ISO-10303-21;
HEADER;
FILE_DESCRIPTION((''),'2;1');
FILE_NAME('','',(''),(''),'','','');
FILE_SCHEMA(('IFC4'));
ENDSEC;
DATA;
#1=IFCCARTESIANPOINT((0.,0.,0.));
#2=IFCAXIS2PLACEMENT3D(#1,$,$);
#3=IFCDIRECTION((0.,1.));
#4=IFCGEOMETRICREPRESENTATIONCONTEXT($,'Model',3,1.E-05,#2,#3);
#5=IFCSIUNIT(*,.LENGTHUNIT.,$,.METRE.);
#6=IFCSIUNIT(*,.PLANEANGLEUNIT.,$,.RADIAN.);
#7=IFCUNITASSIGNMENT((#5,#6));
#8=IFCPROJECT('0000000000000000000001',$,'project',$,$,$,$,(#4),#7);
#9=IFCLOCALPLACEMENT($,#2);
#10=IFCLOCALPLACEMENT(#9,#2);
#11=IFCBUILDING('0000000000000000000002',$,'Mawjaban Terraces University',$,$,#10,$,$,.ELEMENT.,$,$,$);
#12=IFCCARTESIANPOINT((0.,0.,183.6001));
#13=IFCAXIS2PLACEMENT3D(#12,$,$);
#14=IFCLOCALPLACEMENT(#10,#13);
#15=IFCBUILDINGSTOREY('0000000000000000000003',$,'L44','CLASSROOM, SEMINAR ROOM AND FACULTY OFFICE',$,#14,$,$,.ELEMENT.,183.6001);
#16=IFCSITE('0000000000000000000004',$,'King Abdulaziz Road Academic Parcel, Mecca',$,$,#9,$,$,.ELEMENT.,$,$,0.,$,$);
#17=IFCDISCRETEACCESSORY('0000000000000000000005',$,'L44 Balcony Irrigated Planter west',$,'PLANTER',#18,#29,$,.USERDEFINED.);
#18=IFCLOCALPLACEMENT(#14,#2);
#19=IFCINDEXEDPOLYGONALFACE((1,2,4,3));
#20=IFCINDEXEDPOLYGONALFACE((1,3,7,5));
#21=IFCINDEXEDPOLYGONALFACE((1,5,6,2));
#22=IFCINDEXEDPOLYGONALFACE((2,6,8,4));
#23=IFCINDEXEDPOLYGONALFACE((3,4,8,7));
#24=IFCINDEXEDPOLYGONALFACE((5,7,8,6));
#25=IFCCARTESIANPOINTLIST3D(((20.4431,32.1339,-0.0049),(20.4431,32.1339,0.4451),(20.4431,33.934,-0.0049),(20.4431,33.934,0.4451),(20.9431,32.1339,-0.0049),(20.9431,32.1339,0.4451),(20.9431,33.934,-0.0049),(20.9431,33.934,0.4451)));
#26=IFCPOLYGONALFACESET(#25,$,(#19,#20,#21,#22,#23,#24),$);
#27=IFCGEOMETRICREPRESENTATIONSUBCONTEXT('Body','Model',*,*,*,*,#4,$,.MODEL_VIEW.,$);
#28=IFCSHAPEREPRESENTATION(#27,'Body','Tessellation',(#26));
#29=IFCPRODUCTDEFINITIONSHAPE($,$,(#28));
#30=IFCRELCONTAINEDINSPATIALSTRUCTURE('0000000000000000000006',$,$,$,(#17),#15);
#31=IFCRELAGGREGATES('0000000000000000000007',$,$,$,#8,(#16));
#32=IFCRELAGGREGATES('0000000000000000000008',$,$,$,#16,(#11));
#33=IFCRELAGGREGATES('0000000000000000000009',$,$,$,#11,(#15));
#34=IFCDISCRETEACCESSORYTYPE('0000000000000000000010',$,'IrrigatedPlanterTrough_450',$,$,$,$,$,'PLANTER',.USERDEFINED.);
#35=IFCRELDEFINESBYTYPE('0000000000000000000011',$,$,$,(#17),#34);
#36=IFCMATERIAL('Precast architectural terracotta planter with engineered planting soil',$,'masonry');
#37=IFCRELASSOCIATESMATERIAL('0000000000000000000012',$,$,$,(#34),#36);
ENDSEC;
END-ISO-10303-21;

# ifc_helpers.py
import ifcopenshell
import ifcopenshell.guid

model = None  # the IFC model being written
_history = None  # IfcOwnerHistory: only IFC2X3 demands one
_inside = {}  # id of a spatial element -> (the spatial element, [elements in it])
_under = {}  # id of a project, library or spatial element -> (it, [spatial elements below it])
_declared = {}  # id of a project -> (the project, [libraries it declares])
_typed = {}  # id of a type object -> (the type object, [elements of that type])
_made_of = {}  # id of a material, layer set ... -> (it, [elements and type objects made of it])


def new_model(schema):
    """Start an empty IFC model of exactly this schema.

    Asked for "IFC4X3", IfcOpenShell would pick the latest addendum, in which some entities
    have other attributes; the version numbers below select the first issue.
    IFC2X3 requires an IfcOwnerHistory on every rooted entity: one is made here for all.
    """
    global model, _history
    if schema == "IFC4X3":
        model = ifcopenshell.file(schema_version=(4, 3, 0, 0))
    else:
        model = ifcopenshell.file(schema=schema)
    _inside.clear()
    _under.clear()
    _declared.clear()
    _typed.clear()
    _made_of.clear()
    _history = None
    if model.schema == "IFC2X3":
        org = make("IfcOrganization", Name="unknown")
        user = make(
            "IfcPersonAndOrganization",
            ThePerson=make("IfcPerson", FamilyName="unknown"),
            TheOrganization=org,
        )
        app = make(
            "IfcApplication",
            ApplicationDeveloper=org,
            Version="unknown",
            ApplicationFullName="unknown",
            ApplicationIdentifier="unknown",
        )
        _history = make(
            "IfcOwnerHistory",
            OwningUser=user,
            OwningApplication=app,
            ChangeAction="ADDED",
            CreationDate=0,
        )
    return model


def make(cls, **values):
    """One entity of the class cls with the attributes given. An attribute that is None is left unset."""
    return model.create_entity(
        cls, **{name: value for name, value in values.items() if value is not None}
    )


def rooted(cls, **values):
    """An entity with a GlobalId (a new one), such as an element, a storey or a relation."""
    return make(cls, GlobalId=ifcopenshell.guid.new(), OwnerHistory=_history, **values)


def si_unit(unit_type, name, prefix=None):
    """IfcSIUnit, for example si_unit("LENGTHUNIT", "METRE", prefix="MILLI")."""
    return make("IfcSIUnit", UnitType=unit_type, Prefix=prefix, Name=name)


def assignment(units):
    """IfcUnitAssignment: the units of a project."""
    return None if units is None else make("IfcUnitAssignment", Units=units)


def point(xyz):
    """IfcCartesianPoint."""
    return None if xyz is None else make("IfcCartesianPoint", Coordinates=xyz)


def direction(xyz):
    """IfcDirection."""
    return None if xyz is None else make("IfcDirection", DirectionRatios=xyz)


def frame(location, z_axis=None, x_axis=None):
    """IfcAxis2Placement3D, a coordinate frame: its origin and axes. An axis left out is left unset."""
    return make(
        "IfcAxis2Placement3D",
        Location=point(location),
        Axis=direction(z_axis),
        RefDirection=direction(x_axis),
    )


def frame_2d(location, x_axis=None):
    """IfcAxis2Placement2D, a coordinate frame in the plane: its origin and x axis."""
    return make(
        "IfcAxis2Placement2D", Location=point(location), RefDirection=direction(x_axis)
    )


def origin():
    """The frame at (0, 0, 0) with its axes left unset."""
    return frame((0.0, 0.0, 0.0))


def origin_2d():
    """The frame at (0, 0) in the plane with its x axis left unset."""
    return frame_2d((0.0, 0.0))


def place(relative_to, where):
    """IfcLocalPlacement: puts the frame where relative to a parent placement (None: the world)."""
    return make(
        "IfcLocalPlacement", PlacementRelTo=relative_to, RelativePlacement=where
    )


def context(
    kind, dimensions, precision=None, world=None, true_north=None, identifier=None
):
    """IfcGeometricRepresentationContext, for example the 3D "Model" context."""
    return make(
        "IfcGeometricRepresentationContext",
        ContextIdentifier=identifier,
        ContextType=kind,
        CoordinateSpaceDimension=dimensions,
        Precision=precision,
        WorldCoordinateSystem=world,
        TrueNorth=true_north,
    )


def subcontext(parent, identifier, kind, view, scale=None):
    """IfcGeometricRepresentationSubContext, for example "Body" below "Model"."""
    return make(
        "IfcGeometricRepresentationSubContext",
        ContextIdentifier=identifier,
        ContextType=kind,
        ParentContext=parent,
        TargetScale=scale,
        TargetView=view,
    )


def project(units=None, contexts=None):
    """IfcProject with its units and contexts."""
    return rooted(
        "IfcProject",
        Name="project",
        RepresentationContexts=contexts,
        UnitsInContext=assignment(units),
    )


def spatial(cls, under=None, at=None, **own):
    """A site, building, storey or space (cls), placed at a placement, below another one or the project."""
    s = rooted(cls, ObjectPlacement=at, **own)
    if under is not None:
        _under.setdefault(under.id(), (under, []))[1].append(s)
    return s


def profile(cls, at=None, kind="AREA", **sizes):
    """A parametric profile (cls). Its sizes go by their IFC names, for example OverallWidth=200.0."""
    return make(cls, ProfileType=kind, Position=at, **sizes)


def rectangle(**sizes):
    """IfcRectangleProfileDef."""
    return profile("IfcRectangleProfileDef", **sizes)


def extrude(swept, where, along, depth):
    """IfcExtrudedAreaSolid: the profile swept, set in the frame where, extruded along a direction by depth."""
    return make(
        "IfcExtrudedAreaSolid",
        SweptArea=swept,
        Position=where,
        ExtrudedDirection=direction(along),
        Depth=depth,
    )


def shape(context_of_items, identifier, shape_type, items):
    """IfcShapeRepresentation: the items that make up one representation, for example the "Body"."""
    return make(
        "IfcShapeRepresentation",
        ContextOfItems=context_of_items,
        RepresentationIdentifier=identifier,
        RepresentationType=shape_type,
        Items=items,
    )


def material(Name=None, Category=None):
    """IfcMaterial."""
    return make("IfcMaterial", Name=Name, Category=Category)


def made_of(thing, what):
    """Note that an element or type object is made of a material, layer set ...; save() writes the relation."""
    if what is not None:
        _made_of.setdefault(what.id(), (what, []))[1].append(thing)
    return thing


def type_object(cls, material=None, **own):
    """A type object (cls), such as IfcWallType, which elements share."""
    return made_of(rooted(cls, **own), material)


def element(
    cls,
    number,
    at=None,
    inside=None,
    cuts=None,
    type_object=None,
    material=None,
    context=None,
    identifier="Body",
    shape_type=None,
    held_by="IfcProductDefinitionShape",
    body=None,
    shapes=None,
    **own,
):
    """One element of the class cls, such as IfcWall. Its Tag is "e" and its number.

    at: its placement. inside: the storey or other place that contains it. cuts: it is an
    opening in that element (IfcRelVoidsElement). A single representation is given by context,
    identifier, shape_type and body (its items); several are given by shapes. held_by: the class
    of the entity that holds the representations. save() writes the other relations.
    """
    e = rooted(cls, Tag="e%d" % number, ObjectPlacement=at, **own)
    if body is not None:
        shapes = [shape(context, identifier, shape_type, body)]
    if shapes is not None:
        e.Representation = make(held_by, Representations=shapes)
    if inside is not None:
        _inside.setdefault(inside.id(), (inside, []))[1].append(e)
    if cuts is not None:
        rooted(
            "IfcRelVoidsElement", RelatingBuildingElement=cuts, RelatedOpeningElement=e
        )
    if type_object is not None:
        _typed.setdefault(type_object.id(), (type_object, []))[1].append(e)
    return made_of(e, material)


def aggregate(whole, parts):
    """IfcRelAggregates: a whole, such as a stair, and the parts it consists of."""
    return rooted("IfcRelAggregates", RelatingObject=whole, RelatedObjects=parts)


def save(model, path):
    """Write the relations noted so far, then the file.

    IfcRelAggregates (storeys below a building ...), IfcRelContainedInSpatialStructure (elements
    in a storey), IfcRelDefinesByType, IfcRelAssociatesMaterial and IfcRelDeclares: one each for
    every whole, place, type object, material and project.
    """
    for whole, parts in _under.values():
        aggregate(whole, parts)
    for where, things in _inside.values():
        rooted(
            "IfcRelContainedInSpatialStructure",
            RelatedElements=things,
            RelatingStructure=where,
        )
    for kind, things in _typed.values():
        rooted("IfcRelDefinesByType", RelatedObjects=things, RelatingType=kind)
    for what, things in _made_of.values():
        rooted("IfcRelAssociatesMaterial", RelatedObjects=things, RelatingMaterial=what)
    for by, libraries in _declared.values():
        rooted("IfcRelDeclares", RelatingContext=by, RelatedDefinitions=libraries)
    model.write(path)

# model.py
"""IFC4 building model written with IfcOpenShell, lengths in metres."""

from ifc_helpers import new_model, si_unit, direction, frame, origin, origin_2d, place, context, subcontext, project, spatial, rectangle, extrude, material, type_object, element, save


model = new_model("IFC4")

# Units and contexts
model_context = context("Model", 3, precision=1e-05, world=origin(), true_north=direction((0.0, 1.0)))
body_context = subcontext(model_context, "Body", "Model", "MODEL_VIEW")
ifc_project = project(units=[si_unit("LENGTHUNIT", "METRE"), si_unit("PLANEANGLEUNIT", "RADIAN")], contexts=[model_context])

# Site, building, storey
site_placement = place(None, origin())
site = spatial("IfcSite", under=ifc_project, at=site_placement, Name="King Abdulaziz Road Academic Parcel, Mecca", CompositionType="ELEMENT", RefElevation=0.0)
building_placement = place(site_placement, origin())
building = spatial("IfcBuilding", under=site, at=building_placement, Name="Mawjaban Terraces University", CompositionType="ELEMENT")
storey_placement = place(building_placement, frame((0.0, 0.0, 183.6001)))
storey = spatial("IfcBuildingStorey", under=building, at=storey_placement, Name="L44", Description="CLASSROOM, SEMINAR ROOM AND FACULTY OFFICE", CompositionType="ELEMENT", Elevation=183.6001)

# Discrete accessory
ifc_material_1 = material(Name="Precast architectural terracotta planter with engineered planting soil", Category="masonry")
discrete_accessory_type_1 = type_object("IfcDiscreteAccessoryType", Name="IrrigatedPlanterTrough_450", ElementType="PLANTER", PredefinedType="USERDEFINED", material=ifc_material_1)
discrete_accessory_1_placement = place(storey_placement, frame((20.6931, 33.0339, -0.0049), z_axis=(0.0, 0.0, 1.0), x_axis=(0.0, 1.0, 0.0)))
element("IfcDiscreteAccessory", 1, at=discrete_accessory_1_placement, inside=storey, type_object=discrete_accessory_type_1, Name="L44 Balcony Irrigated Planter west", ObjectType="PLANTER", PredefinedType="USERDEFINED", context=body_context, shape_type="SweptSolid", body=[
    extrude(rectangle(XDim=1.8, YDim=0.5, at=origin_2d()), origin(), (0.0, 0.0, 1.0), 0.45),
])

save(model, "model.ifc")
